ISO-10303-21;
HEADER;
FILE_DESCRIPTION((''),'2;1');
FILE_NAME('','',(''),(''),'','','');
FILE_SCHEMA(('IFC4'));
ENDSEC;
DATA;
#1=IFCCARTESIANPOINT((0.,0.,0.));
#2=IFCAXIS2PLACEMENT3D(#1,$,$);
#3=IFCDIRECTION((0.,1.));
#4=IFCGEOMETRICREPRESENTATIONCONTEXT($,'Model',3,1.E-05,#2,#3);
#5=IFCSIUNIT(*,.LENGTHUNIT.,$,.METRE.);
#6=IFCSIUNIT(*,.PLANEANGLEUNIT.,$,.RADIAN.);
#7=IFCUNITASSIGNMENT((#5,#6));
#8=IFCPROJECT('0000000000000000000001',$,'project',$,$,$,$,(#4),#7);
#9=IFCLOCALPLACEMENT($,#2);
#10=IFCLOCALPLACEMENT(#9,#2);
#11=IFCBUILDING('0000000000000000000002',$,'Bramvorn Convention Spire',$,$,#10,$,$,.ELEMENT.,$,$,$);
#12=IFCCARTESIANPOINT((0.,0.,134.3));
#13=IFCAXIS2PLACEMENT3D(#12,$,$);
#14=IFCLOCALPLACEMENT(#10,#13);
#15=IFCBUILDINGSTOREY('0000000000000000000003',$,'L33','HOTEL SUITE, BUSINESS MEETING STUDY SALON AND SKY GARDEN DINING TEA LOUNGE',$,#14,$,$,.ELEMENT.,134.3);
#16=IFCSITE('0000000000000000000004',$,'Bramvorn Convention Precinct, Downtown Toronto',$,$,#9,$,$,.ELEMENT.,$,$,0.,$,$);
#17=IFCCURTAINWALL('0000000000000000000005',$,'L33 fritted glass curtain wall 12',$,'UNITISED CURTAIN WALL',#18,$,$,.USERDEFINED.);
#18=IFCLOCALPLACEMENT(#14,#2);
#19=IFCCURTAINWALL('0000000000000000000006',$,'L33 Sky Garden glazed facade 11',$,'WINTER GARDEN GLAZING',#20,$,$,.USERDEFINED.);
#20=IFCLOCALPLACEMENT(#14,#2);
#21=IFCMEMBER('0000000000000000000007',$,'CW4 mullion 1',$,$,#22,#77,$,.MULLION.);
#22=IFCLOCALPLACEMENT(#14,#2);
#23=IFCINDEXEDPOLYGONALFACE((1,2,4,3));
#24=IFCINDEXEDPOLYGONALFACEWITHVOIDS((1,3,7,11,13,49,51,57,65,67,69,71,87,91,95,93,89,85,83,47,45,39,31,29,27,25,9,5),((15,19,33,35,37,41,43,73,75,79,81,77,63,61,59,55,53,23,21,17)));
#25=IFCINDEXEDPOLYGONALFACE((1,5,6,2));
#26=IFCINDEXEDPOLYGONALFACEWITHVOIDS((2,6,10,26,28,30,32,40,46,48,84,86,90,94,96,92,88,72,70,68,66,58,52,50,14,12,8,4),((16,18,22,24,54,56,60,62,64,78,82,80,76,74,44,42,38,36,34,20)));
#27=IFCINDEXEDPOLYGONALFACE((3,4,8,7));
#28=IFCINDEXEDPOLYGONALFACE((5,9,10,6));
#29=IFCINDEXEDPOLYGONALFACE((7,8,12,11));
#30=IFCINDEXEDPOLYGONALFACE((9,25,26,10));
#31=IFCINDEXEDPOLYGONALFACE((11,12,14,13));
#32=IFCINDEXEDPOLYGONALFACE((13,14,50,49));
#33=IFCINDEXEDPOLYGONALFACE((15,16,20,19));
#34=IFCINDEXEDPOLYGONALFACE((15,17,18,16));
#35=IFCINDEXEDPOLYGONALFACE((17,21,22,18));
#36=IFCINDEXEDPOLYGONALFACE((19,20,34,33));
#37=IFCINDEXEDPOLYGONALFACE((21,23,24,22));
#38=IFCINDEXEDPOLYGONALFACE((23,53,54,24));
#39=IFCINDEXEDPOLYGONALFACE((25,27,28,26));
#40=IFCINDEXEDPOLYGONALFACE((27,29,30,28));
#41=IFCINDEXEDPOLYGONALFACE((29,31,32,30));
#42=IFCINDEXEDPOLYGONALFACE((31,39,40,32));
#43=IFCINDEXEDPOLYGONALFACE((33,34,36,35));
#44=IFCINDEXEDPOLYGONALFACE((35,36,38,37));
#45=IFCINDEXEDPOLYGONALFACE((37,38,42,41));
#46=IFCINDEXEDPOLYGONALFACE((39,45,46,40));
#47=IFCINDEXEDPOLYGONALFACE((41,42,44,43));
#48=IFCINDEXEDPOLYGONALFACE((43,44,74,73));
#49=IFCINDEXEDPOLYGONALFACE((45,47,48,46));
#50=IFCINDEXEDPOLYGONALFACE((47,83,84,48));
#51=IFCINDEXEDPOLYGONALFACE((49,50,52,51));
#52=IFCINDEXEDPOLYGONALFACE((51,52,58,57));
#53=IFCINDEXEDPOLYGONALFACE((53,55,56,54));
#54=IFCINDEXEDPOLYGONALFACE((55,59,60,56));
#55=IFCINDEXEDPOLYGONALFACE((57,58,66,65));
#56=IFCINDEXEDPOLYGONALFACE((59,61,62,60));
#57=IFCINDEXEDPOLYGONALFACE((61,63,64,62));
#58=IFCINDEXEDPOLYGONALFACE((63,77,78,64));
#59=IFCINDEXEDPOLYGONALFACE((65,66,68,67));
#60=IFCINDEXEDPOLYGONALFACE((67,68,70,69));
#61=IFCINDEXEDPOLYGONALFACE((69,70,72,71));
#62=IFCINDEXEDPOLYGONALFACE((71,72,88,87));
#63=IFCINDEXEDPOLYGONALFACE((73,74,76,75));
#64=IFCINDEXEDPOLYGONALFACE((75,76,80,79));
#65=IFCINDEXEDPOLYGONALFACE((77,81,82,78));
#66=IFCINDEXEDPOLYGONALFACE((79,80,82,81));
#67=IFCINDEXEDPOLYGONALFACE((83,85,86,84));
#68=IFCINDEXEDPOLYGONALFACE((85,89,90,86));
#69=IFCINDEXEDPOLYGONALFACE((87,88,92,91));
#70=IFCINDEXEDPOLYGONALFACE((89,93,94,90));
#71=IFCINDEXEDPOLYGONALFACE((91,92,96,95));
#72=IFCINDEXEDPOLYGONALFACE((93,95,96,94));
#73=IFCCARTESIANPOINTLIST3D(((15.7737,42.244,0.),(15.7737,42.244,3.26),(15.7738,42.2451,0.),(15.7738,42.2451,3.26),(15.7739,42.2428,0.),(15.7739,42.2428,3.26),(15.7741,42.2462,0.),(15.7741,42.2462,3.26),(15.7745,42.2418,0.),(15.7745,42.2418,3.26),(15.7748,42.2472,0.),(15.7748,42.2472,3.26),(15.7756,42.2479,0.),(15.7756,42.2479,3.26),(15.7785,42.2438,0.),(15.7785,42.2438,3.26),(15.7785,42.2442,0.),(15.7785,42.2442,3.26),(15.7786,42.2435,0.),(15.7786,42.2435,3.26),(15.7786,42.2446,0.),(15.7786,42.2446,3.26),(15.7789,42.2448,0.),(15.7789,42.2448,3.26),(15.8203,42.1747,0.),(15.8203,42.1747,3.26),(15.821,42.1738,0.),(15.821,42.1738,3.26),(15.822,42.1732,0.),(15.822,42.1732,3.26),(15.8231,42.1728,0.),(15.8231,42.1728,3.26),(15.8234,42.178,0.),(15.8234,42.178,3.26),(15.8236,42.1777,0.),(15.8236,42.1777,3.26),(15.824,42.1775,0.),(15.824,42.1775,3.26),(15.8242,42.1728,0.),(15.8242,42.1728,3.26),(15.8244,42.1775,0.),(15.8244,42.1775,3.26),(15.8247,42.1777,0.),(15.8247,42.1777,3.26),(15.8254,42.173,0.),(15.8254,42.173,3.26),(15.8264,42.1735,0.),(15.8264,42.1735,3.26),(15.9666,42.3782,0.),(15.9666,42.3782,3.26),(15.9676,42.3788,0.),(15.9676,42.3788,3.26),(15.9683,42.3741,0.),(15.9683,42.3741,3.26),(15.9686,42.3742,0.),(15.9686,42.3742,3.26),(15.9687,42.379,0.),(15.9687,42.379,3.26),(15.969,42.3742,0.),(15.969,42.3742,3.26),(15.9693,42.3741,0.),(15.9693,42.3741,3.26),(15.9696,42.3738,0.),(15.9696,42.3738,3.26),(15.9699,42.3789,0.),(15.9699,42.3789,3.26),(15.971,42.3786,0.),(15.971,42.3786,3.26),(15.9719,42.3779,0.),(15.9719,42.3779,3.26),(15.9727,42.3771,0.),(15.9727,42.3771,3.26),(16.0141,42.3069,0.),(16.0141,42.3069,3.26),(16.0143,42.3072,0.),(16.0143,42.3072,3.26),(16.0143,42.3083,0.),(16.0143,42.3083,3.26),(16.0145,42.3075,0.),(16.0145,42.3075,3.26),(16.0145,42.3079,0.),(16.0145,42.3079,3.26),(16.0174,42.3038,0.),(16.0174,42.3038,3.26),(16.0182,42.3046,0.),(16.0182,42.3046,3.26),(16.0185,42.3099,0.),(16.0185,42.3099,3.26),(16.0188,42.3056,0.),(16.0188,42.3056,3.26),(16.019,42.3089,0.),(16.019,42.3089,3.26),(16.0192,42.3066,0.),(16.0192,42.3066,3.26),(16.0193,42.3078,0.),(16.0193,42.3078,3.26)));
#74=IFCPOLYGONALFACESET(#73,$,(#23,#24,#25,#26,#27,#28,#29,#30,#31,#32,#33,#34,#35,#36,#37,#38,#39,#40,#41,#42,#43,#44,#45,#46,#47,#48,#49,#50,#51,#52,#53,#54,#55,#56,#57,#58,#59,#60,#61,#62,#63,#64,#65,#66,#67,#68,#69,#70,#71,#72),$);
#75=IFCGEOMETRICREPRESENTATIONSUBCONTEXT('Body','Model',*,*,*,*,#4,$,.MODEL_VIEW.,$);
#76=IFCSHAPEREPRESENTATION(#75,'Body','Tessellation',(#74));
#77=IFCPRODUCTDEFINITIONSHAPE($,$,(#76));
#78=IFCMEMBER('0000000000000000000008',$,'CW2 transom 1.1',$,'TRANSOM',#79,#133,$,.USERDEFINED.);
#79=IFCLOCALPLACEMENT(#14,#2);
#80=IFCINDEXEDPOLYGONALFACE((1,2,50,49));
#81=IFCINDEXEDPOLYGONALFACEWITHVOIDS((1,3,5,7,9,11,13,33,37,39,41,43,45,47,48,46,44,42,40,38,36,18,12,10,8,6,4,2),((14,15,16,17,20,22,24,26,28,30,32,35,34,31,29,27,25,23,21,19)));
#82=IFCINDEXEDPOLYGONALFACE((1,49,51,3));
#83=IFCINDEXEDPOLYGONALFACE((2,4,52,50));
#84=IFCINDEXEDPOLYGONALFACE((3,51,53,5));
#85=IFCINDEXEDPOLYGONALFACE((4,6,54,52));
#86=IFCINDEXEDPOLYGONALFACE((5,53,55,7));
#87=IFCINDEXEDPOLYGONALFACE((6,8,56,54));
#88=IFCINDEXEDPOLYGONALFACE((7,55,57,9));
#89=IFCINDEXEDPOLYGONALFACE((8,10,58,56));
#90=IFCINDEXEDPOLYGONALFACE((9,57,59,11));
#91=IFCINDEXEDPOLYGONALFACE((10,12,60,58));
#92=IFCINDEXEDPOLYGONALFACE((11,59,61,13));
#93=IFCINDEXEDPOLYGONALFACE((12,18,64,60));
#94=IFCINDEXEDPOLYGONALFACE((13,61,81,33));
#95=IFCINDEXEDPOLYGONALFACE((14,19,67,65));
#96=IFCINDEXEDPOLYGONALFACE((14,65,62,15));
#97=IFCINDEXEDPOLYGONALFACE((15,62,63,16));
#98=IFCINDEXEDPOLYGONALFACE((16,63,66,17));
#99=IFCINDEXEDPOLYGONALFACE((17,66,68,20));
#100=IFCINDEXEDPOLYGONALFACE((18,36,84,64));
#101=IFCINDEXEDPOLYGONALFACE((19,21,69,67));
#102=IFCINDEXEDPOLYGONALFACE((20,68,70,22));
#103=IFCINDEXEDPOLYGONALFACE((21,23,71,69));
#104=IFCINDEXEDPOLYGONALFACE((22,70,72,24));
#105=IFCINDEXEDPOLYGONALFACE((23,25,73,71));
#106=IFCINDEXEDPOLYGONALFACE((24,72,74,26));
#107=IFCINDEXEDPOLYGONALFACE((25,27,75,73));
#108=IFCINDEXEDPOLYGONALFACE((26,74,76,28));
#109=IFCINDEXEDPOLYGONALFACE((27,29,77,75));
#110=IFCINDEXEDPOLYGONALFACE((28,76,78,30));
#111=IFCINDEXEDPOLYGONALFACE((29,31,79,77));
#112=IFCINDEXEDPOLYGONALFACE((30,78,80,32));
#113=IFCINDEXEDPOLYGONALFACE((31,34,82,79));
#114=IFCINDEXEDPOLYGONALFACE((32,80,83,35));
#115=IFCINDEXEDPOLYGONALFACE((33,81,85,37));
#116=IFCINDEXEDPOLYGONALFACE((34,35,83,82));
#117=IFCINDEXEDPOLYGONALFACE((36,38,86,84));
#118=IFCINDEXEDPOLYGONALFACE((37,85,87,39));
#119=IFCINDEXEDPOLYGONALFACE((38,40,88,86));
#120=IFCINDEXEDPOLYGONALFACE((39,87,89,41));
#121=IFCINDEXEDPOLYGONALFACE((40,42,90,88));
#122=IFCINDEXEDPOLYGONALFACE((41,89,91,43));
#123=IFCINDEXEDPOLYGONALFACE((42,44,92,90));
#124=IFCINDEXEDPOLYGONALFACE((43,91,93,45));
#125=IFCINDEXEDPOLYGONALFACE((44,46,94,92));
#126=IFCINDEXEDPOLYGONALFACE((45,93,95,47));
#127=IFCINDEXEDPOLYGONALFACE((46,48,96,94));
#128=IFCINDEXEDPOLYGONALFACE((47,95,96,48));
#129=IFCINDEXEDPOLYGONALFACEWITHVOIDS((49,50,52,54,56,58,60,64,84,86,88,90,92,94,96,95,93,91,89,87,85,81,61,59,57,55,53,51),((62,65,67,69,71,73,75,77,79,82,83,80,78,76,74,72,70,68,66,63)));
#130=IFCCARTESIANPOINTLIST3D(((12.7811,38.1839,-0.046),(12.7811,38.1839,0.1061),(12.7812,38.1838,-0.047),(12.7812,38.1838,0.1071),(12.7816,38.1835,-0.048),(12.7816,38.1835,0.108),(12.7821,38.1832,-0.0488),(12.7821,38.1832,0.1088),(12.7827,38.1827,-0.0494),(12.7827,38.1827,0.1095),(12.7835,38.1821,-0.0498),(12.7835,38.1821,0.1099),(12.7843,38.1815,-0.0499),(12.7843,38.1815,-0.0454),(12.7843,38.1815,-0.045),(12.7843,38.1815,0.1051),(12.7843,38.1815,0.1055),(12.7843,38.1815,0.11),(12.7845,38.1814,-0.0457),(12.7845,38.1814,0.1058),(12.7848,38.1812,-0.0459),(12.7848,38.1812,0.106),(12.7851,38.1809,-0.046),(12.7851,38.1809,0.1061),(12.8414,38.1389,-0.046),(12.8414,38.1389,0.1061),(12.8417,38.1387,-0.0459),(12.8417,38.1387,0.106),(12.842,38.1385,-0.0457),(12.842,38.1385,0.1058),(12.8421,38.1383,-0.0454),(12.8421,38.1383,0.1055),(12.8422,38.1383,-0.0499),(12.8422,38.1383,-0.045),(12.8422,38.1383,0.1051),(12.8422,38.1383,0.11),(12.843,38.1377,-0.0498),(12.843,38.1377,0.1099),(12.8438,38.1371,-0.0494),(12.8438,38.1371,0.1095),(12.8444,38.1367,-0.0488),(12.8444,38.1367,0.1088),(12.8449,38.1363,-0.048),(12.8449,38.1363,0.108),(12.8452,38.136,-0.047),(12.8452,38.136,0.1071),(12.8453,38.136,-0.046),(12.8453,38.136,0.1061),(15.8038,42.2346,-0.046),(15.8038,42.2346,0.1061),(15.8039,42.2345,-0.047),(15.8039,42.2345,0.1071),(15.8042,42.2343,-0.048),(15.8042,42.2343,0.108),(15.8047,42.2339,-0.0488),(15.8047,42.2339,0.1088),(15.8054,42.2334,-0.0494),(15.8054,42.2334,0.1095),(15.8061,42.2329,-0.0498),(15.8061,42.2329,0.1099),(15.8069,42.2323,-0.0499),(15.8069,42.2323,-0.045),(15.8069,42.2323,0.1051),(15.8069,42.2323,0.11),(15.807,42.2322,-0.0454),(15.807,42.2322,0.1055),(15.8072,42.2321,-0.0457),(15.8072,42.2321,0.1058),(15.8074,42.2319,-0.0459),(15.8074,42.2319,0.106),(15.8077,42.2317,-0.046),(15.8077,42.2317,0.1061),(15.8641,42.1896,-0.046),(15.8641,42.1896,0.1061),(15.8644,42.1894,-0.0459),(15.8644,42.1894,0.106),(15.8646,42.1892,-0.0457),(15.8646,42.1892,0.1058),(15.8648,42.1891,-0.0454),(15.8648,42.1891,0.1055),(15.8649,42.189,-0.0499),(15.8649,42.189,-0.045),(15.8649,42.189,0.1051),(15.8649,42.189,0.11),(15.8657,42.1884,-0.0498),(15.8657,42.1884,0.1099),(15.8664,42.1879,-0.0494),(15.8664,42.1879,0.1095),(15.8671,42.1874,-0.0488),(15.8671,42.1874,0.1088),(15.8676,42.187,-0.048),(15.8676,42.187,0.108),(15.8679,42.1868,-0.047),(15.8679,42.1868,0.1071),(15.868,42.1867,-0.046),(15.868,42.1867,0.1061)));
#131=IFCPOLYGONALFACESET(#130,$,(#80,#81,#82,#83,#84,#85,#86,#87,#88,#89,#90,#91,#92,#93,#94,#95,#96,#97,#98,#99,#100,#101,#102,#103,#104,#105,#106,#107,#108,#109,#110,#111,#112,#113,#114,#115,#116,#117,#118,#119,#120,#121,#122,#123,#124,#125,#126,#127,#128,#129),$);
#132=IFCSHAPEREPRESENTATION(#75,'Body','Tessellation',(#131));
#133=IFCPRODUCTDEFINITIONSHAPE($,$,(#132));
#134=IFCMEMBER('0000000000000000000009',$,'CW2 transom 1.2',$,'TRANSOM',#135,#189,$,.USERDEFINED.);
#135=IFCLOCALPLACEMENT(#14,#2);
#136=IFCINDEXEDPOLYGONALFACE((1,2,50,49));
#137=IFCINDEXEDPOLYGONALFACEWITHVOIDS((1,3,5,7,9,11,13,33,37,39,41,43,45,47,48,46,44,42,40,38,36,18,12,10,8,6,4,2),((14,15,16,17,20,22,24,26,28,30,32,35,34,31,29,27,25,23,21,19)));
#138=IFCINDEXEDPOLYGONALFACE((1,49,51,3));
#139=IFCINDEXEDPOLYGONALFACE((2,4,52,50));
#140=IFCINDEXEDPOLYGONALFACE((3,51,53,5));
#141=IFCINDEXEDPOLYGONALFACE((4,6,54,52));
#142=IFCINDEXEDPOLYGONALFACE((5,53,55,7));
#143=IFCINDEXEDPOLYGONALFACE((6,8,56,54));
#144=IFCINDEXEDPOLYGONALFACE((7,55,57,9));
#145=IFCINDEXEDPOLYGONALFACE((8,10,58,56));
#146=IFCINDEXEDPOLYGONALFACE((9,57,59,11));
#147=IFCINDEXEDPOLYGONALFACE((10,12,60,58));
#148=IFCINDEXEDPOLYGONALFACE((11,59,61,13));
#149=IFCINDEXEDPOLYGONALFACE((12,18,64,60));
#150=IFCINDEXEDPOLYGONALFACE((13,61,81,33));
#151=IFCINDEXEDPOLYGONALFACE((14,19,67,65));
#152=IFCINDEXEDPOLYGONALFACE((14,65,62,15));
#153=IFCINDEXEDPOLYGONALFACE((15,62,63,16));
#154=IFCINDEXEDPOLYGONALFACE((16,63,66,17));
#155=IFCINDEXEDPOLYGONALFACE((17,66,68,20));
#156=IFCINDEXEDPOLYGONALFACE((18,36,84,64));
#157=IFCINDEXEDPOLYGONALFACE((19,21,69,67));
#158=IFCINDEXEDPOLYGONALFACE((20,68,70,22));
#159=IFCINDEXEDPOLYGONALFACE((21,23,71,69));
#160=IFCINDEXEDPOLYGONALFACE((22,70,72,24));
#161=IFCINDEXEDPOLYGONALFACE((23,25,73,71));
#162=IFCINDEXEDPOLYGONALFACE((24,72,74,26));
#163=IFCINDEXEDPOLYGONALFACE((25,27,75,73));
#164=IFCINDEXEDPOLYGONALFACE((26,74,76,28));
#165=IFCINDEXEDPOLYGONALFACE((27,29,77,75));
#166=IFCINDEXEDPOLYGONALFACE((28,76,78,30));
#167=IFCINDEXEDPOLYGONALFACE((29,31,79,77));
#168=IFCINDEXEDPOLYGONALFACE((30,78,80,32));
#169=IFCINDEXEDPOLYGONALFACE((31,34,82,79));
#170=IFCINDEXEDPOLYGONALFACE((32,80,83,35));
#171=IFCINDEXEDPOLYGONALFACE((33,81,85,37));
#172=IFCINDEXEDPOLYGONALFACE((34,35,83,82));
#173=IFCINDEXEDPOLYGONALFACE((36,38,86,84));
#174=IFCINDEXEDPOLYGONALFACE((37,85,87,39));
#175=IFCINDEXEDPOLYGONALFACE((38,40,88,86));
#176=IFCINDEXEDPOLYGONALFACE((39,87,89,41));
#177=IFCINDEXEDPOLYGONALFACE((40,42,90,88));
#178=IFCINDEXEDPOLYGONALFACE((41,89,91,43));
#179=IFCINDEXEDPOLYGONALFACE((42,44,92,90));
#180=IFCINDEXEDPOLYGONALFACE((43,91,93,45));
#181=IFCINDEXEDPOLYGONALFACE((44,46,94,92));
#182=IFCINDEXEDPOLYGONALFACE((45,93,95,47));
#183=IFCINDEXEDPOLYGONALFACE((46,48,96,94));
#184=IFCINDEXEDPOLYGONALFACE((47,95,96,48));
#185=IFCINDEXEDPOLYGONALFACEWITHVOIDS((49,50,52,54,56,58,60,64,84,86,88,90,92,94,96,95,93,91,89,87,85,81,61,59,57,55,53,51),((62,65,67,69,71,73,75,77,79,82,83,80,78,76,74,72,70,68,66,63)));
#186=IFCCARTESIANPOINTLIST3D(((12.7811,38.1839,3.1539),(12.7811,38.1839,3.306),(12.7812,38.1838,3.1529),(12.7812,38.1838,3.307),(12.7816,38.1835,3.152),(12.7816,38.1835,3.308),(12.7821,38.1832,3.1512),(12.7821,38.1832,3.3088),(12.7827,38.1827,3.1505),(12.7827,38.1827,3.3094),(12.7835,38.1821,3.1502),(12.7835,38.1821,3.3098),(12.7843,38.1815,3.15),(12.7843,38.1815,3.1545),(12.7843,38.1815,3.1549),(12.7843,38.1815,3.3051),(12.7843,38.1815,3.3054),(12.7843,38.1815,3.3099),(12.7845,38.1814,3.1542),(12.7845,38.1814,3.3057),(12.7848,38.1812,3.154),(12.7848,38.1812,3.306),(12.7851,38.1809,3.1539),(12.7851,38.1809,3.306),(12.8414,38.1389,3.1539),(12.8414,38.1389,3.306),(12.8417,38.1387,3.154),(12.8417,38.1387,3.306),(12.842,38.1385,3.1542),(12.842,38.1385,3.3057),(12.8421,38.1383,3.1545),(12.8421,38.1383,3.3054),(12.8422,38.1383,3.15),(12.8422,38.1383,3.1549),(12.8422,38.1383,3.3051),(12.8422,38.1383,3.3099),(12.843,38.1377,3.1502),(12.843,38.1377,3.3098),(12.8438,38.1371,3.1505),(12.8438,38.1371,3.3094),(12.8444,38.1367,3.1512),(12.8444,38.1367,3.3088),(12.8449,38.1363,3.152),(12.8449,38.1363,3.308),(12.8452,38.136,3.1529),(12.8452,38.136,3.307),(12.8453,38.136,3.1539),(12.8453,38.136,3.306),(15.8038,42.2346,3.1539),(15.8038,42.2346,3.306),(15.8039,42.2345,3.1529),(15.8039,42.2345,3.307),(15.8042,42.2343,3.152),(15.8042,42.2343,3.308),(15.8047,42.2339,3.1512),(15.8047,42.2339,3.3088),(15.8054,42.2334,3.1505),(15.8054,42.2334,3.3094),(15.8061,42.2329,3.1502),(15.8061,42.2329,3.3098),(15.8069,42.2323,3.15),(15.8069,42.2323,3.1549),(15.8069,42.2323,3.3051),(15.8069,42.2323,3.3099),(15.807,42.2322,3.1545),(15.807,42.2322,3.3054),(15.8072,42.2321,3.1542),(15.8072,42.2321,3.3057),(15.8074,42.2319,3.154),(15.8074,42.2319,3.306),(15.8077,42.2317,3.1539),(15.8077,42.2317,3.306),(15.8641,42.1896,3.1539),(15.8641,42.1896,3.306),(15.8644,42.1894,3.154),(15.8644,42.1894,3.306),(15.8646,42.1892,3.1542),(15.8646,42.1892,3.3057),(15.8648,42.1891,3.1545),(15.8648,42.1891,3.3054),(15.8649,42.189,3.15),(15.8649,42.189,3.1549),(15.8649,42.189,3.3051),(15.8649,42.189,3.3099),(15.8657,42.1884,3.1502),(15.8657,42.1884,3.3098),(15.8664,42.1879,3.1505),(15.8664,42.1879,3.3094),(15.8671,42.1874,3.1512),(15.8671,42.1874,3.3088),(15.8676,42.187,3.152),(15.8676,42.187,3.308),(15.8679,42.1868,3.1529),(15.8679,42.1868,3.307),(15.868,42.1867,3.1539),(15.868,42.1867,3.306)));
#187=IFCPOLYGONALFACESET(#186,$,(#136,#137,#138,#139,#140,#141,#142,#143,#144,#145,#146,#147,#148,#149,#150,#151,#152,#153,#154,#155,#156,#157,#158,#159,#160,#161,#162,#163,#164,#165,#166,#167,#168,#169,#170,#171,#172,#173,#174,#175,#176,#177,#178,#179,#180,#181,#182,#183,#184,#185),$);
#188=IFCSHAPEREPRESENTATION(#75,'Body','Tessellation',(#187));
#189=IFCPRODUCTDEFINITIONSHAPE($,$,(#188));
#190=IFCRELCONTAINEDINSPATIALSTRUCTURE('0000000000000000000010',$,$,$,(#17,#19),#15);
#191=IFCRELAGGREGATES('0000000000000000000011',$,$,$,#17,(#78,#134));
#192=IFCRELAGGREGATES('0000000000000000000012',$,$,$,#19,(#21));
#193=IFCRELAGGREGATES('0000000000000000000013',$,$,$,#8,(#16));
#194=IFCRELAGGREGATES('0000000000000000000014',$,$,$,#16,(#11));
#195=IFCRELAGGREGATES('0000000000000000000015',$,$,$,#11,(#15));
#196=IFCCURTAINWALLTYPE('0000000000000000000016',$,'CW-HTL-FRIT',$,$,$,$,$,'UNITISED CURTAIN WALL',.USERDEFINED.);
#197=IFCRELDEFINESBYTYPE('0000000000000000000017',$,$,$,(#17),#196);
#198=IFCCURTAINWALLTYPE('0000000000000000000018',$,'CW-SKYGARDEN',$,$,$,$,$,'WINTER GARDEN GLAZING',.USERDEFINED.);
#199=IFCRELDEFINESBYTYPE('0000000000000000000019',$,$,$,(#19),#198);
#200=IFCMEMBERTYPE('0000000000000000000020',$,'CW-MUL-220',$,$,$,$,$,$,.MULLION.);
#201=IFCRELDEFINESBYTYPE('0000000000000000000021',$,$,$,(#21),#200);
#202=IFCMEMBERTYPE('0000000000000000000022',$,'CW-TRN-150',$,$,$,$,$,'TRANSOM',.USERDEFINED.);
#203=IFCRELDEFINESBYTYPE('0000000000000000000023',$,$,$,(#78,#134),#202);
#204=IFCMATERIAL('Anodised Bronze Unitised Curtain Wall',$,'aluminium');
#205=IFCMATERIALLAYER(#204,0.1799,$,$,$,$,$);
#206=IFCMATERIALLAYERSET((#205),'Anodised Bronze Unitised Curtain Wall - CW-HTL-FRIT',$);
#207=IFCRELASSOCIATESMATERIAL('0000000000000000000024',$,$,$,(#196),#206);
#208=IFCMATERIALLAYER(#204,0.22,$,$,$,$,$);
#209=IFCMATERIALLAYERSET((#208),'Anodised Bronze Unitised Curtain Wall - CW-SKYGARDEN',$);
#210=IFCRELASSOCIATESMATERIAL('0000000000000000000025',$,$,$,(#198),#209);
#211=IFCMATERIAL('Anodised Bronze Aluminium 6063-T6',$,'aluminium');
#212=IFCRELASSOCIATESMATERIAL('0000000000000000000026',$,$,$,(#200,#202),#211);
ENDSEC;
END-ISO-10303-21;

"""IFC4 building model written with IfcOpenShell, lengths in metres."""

from ifc_helpers import new_model, si_unit, direction, frame, origin, origin_2d, place, context, subcontext, project, spatial, hollow_rectangle, extrude, material, layer, layer_set, material_profile, profile_set, type_object, element, aggregate, save


model = new_model("IFC4")

# Units and contexts
model_context = context("Model", 3, precision=1e-05, world=origin(), true_north=direction((0.0, 1.0)))
body_context = subcontext(model_context, "Body", "Model", "MODEL_VIEW")
ifc_project = project(units=[si_unit("LENGTHUNIT", "METRE"), si_unit("PLANEANGLEUNIT", "RADIAN")], contexts=[model_context])

# Site, building, storey
site_placement = place(None, origin())
site = spatial("IfcSite", under=ifc_project, at=site_placement, Name="Bramvorn Convention Precinct, Downtown Toronto", CompositionType="ELEMENT", RefElevation=0.0)
building_placement = place(site_placement, origin())
building = spatial("IfcBuilding", under=site, at=building_placement, Name="Bramvorn Convention Spire", CompositionType="ELEMENT")
storey_placement = place(building_placement, frame((0.0, 0.0, 134.3)))
storey = spatial("IfcBuildingStorey", under=building, at=storey_placement, Name="L33", Description="HOTEL SUITE, BUSINESS MEETING STUDY SALON AND SKY GARDEN DINING TEA LOUNGE", CompositionType="ELEMENT", Elevation=134.3)

# Curtain wall
ifc_material_1 = material(Name="Anodised Bronze Unitised Curtain Wall", Category="aluminium")
ifc_layer_1 = layer(ifc_material_1, 0.1799)
ifc_layer_set_1 = layer_set([ifc_layer_1], Name="Anodised Bronze Unitised Curtain Wall - CW-HTL-FRIT")
curtain_wall_type_1 = type_object("IfcCurtainWallType", Name="CW-HTL-FRIT", ElementType="UNITISED CURTAIN WALL", PredefinedType="USERDEFINED", material=ifc_layer_set_1)
curtain_wall_1_placement = place(storey_placement, origin())
curtain_wall_1 = element("IfcCurtainWall", 1, at=curtain_wall_1_placement, inside=storey, type_object=curtain_wall_type_1, Name="L33 fritted glass curtain wall 12", ObjectType="UNITISED CURTAIN WALL", PredefinedType="USERDEFINED")
ifc_material_2 = material(Name="Anodised Bronze Aluminium 6063-T6", Category="aluminium")

# Curtain wall, member
ifc_layer_2 = layer(ifc_material_1, 0.22)
ifc_layer_set_2 = layer_set([ifc_layer_2], Name="Anodised Bronze Unitised Curtain Wall - CW-SKYGARDEN")
curtain_wall_type_2 = type_object("IfcCurtainWallType", Name="CW-SKYGARDEN", ElementType="WINTER GARDEN GLAZING", PredefinedType="USERDEFINED", material=ifc_layer_set_2)
curtain_wall_2_placement = place(storey_placement, origin())
curtain_wall_2 = element("IfcCurtainWall", 2, at=curtain_wall_2_placement, inside=storey, type_object=curtain_wall_type_2, Name="L33 Sky Garden glazed facade 11", ObjectType="WINTER GARDEN GLAZING", PredefinedType="USERDEFINED")
ifc_material_profile_1 = material_profile(ifc_material_2, hollow_rectangle(XDim=0.0901, YDim=0.24, WallThickness=0.0044, InnerFilletRadius=0.001, OuterFilletRadius=0.0044, at=origin_2d()))
ifc_profile_set_1 = profile_set([ifc_material_profile_1], Name="Anodised Bronze Aluminium 6063-T6 - CWM90X240")
member_type_1 = type_object("IfcMemberType", Name="CW-MUL-220", PredefinedType="MULLION", material=ifc_profile_set_1)
member_1_placement = place(storey_placement, frame((15.8965, 42.2759, 0.0), z_axis=(0.0, 0.0, 1.0), x_axis=(-0.563637, 0.826023, 0.0)))
member_1 = element("IfcMember", 3, at=member_1_placement, type_object=member_type_1, Name="CW4 mullion 1", PredefinedType="MULLION", context=body_context, shape_type="SweptSolid", body=[
    extrude(hollow_rectangle(XDim=0.0901, YDim=0.24, WallThickness=0.0044, InnerFilletRadius=0.001, OuterFilletRadius=0.0044, at=origin_2d()), origin(), (0.0, 0.0, 1.0), 3.26),
])

# Members
ifc_material_profile_2 = material_profile(ifc_material_2, hollow_rectangle(XDim=0.0801, YDim=0.1599, WallThickness=0.0039, InnerFilletRadius=0.001, OuterFilletRadius=0.0039, at=origin_2d()))
ifc_profile_set_2 = profile_set([ifc_material_profile_2], Name="Anodised Bronze Aluminium 6063-T6 - CWT80X160")
member_type_2 = type_object("IfcMemberType", Name="CW-TRN-150", ElementType="TRANSOM", PredefinedType="USERDEFINED", material=ifc_profile_set_2)
member_2_placement = place(storey_placement, frame((12.8132, 38.1599, 0.03), z_axis=(0.598051, 0.801458, 0.0), x_axis=(-0.801458, 0.598051, 0.0)))
member_2 = element("IfcMember", 4, at=member_2_placement, type_object=member_type_2, Name="CW2 transom 1.1", ObjectType="TRANSOM", PredefinedType="USERDEFINED", context=body_context, shape_type="SweptSolid", body=[
    extrude(hollow_rectangle(XDim=0.0801, YDim=0.1599, WallThickness=0.0039, InnerFilletRadius=0.001, OuterFilletRadius=0.0039, at=origin_2d()), origin(), (0.0, 0.0, 1.0), 5.0542),
])
member_3_placement = place(storey_placement, frame((12.8132, 38.1599, 3.23), z_axis=(0.598051, 0.801458, 0.0), x_axis=(-0.801458, 0.598051, 0.0)))
member_3 = element("IfcMember", 5, at=member_3_placement, type_object=member_type_2, Name="CW2 transom 1.2", ObjectType="TRANSOM", PredefinedType="USERDEFINED", context=body_context, shape_type="SweptSolid", body=[
    extrude(hollow_rectangle(XDim=0.0801, YDim=0.1599, WallThickness=0.0039, InnerFilletRadius=0.001, OuterFilletRadius=0.0039, at=origin_2d()), origin(), (0.0, 0.0, 1.0), 5.0542),
])

aggregate(curtain_wall_1, [member_2, member_3])
aggregate(curtain_wall_2, [member_1])

save(model, "model.ifc")
